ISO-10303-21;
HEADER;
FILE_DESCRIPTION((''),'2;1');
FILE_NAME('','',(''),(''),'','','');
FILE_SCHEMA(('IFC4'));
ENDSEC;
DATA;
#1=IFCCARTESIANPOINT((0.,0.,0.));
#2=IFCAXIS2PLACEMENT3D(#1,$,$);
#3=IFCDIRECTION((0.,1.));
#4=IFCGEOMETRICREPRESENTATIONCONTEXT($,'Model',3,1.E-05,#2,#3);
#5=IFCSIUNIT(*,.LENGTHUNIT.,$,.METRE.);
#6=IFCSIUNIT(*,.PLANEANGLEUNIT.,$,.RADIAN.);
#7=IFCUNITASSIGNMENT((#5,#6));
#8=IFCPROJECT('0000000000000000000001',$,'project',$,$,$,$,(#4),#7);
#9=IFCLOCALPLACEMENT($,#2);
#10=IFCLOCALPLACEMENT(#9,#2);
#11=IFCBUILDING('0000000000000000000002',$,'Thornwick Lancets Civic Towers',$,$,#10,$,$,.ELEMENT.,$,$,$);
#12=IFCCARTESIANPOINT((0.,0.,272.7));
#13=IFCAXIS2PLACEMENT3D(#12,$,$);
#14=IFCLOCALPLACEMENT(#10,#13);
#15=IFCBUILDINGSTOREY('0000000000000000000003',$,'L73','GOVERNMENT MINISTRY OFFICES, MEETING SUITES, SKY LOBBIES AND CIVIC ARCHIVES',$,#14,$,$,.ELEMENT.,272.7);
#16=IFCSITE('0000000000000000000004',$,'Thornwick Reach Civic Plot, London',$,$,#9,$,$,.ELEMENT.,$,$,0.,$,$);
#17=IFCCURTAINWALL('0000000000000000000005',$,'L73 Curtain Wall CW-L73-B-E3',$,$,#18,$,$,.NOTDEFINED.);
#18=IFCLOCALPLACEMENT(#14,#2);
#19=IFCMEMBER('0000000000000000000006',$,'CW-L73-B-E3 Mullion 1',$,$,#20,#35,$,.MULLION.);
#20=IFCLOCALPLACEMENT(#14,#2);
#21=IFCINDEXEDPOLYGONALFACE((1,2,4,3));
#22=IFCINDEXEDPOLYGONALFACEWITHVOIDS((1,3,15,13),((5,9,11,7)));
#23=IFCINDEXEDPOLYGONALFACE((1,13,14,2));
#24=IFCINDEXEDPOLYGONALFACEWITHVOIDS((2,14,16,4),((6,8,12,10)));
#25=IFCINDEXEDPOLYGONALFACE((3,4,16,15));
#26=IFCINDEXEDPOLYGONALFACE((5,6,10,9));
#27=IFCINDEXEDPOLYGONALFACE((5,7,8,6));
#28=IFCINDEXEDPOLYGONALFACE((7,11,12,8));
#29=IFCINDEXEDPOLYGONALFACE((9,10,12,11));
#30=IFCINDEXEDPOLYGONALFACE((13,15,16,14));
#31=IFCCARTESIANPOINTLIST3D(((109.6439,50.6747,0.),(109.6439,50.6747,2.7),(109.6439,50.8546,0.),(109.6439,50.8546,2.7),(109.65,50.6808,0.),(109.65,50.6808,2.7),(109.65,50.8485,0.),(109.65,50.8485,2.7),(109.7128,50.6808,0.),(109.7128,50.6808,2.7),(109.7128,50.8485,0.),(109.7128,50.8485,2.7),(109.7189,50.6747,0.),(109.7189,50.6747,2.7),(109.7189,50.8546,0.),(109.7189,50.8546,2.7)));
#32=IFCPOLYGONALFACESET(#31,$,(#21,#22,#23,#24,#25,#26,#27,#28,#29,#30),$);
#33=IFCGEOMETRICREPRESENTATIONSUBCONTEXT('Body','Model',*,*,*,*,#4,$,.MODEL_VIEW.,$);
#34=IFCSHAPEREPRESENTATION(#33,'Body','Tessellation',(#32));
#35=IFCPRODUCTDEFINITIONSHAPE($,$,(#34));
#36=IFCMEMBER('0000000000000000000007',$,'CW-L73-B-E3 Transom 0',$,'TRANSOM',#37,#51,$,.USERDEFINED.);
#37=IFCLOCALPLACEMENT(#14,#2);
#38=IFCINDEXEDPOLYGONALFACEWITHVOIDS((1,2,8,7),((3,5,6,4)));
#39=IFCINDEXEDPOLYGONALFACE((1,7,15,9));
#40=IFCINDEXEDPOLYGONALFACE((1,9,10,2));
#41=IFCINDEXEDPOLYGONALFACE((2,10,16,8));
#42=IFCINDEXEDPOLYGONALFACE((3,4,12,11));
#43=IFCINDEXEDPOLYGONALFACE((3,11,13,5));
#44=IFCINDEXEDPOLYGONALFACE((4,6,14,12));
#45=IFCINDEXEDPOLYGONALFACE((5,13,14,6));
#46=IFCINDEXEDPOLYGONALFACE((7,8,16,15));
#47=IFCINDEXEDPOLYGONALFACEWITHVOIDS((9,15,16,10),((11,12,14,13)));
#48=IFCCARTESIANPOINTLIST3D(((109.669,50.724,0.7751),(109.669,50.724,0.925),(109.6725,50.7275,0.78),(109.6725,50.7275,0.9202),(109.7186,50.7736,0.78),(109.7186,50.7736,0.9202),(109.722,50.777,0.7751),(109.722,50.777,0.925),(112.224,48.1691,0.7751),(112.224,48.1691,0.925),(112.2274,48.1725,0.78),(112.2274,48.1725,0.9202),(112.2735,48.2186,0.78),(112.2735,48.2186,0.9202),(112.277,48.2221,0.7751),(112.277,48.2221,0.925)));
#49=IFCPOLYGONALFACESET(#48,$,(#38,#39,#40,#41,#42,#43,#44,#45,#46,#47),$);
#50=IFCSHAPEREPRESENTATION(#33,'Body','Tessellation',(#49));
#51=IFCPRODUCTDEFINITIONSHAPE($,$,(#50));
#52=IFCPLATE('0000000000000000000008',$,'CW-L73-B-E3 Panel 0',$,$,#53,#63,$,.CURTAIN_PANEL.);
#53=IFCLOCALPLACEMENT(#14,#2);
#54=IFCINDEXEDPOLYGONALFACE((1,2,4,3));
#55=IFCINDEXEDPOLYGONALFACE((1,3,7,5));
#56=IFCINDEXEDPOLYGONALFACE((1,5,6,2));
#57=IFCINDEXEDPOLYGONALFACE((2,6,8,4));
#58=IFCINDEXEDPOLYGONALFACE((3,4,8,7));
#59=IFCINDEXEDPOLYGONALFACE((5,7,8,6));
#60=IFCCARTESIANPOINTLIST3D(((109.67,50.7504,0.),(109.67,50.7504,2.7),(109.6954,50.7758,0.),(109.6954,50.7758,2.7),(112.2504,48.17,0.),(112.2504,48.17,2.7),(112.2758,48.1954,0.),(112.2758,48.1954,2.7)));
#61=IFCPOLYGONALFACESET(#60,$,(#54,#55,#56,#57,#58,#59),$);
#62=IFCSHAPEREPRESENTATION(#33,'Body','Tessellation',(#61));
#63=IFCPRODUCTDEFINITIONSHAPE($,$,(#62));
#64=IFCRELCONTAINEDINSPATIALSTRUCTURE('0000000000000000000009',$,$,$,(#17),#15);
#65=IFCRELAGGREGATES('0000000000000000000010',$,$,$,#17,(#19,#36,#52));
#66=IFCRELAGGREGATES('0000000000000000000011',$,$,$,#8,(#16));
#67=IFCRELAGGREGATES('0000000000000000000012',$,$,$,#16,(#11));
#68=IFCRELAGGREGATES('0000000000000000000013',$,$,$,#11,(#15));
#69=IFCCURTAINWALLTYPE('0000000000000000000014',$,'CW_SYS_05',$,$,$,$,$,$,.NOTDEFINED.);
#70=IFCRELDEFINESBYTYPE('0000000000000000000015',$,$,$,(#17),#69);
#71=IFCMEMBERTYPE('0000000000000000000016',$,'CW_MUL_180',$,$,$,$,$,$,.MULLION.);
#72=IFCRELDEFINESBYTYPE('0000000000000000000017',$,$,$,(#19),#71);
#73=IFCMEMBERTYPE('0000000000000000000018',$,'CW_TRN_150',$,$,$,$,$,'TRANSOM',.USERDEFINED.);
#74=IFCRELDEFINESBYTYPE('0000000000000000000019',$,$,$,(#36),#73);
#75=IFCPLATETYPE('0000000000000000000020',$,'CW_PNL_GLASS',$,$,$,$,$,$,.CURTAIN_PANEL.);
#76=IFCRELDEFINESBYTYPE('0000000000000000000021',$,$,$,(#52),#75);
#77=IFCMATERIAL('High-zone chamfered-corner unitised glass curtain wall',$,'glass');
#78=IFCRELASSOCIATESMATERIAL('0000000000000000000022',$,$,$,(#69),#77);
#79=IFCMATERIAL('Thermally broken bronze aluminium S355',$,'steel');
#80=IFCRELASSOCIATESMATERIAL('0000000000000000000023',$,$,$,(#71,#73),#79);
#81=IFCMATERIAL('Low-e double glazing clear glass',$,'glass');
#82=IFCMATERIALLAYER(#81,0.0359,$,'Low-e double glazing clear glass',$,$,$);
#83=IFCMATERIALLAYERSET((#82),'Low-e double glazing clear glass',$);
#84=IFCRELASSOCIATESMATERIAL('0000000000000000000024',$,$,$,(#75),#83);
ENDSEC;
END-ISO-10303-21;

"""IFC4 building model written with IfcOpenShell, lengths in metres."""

from ifc_helpers import new_model, si_unit, direction, frame, origin, origin_2d, place, context, subcontext, project, spatial, rectangle, hollow_rectangle, extrude, material, layer, layer_set, material_profile, profile_set, type_object, element, aggregate, save


model = new_model("IFC4")

# Units and contexts
model_context = context("Model", 3, precision=1e-05, world=origin(), true_north=direction((0.0, 1.0)))
body_context = subcontext(model_context, "Body", "Model", "MODEL_VIEW")
ifc_project = project(units=[si_unit("LENGTHUNIT", "METRE"), si_unit("PLANEANGLEUNIT", "RADIAN")], contexts=[model_context])

# Site, building, storey
site_placement = place(None, origin())
site = spatial("IfcSite", under=ifc_project, at=site_placement, Name="Thornwick Reach Civic Plot, London", CompositionType="ELEMENT", RefElevation=0.0)
building_placement = place(site_placement, origin())
building = spatial("IfcBuilding", under=site, at=building_placement, Name="Thornwick Lancets Civic Towers", CompositionType="ELEMENT")
storey_placement = place(building_placement, frame((0.0, 0.0, 272.7)))
storey = spatial("IfcBuildingStorey", under=building, at=storey_placement, Name="L73", Description="GOVERNMENT MINISTRY OFFICES, MEETING SUITES, SKY LOBBIES AND CIVIC ARCHIVES", CompositionType="ELEMENT", Elevation=272.7)

# Curtain wall, members, plate
ifc_material_1 = material(Name="High-zone chamfered-corner unitised glass curtain wall", Category="glass")
curtain_wall_type = type_object("IfcCurtainWallType", Name="CW_SYS_05", PredefinedType="NOTDEFINED", material=ifc_material_1)
curtain_wall_placement = place(storey_placement, origin())
curtain_wall = element("IfcCurtainWall", 1, at=curtain_wall_placement, inside=storey, type_object=curtain_wall_type, Name="L73 Curtain Wall CW-L73-B-E3", PredefinedType="NOTDEFINED")
ifc_material_2 = material(Name="Thermally broken bronze aluminium S355", Category="steel")
ifc_material_profile_1 = material_profile(ifc_material_2, hollow_rectangle(XDim=0.075, YDim=0.1799, WallThickness=0.0061, at=origin_2d()), Name="RHS 180x75x6")
ifc_profile_set_1 = profile_set([ifc_material_profile_1], Name="Thermally broken bronze aluminium S355")
member_type_1 = type_object("IfcMemberType", Name="CW_MUL_180", PredefinedType="MULLION", material=ifc_profile_set_1)
member_1_placement = place(storey_placement, frame((109.6814, 50.7646, 0.0), z_axis=(0.0, 0.0, 1.0), x_axis=(1.0, 0.0, 0.0)))
member_1 = element("IfcMember", 2, at=member_1_placement, type_object=member_type_1, Name="CW-L73-B-E3 Mullion 1", PredefinedType="MULLION", context=body_context, shape_type="SweptSolid", body=[
    extrude(hollow_rectangle(XDim=0.075, YDim=0.1799, WallThickness=0.0061, at=origin_2d()), origin(), (0.0, 0.0, 1.0), 2.7),
])
ifc_material_profile_2 = material_profile(ifc_material_2, hollow_rectangle(XDim=0.075, YDim=0.1499, WallThickness=0.0049, at=origin_2d()), Name="RHS 150x75x5")
ifc_profile_set_2 = profile_set([ifc_material_profile_2], Name="Thermally broken bronze aluminium S355")
member_type_2 = type_object("IfcMemberType", Name="CW_TRN_150", ElementType="TRANSOM", PredefinedType="USERDEFINED", material=ifc_profile_set_2)
member_2_placement = place(storey_placement, frame((112.2505, 48.1956, 0.8501), z_axis=(-0.707107, 0.707107, 0.0), x_axis=(-0.707107, -0.707107, 0.0)))
member_2 = element("IfcMember", 3, at=member_2_placement, type_object=member_type_2, Name="CW-L73-B-E3 Transom 0", ObjectType="TRANSOM", PredefinedType="USERDEFINED", context=body_context, shape_type="SweptSolid", body=[
    extrude(hollow_rectangle(XDim=0.075, YDim=0.1499, WallThickness=0.0049, at=origin_2d()), origin(), (0.0, 0.0, 1.0), 3.6133),
])
ifc_material_3 = material(Name="Low-e double glazing clear glass", Category="glass")
ifc_layer_1 = layer(ifc_material_3, 0.0359, Name="Low-e double glazing clear glass")
ifc_layer_set_1 = layer_set([ifc_layer_1], Name="Low-e double glazing clear glass")
plate_type = type_object("IfcPlateType", Name="CW_PNL_GLASS", PredefinedType="CURTAIN_PANEL", material=ifc_layer_set_1)
plate_placement = place(storey_placement, frame((110.9729, 49.4729, 0.0), z_axis=(0.0, 0.0, 1.0), x_axis=(-0.707107, 0.707107, 0.0)))
plate = element("IfcPlate", 4, at=plate_placement, type_object=plate_type, Name="CW-L73-B-E3 Panel 0", PredefinedType="CURTAIN_PANEL", context=body_context, shape_type="SweptSolid", body=[
    extrude(rectangle(XDim=3.6492, YDim=0.0359, at=origin_2d()), origin(), (0.0, 0.0, 1.0), 2.7),
])
aggregate(curtain_wall, [member_1, member_2, plate])

save(model, "model.ifc")
